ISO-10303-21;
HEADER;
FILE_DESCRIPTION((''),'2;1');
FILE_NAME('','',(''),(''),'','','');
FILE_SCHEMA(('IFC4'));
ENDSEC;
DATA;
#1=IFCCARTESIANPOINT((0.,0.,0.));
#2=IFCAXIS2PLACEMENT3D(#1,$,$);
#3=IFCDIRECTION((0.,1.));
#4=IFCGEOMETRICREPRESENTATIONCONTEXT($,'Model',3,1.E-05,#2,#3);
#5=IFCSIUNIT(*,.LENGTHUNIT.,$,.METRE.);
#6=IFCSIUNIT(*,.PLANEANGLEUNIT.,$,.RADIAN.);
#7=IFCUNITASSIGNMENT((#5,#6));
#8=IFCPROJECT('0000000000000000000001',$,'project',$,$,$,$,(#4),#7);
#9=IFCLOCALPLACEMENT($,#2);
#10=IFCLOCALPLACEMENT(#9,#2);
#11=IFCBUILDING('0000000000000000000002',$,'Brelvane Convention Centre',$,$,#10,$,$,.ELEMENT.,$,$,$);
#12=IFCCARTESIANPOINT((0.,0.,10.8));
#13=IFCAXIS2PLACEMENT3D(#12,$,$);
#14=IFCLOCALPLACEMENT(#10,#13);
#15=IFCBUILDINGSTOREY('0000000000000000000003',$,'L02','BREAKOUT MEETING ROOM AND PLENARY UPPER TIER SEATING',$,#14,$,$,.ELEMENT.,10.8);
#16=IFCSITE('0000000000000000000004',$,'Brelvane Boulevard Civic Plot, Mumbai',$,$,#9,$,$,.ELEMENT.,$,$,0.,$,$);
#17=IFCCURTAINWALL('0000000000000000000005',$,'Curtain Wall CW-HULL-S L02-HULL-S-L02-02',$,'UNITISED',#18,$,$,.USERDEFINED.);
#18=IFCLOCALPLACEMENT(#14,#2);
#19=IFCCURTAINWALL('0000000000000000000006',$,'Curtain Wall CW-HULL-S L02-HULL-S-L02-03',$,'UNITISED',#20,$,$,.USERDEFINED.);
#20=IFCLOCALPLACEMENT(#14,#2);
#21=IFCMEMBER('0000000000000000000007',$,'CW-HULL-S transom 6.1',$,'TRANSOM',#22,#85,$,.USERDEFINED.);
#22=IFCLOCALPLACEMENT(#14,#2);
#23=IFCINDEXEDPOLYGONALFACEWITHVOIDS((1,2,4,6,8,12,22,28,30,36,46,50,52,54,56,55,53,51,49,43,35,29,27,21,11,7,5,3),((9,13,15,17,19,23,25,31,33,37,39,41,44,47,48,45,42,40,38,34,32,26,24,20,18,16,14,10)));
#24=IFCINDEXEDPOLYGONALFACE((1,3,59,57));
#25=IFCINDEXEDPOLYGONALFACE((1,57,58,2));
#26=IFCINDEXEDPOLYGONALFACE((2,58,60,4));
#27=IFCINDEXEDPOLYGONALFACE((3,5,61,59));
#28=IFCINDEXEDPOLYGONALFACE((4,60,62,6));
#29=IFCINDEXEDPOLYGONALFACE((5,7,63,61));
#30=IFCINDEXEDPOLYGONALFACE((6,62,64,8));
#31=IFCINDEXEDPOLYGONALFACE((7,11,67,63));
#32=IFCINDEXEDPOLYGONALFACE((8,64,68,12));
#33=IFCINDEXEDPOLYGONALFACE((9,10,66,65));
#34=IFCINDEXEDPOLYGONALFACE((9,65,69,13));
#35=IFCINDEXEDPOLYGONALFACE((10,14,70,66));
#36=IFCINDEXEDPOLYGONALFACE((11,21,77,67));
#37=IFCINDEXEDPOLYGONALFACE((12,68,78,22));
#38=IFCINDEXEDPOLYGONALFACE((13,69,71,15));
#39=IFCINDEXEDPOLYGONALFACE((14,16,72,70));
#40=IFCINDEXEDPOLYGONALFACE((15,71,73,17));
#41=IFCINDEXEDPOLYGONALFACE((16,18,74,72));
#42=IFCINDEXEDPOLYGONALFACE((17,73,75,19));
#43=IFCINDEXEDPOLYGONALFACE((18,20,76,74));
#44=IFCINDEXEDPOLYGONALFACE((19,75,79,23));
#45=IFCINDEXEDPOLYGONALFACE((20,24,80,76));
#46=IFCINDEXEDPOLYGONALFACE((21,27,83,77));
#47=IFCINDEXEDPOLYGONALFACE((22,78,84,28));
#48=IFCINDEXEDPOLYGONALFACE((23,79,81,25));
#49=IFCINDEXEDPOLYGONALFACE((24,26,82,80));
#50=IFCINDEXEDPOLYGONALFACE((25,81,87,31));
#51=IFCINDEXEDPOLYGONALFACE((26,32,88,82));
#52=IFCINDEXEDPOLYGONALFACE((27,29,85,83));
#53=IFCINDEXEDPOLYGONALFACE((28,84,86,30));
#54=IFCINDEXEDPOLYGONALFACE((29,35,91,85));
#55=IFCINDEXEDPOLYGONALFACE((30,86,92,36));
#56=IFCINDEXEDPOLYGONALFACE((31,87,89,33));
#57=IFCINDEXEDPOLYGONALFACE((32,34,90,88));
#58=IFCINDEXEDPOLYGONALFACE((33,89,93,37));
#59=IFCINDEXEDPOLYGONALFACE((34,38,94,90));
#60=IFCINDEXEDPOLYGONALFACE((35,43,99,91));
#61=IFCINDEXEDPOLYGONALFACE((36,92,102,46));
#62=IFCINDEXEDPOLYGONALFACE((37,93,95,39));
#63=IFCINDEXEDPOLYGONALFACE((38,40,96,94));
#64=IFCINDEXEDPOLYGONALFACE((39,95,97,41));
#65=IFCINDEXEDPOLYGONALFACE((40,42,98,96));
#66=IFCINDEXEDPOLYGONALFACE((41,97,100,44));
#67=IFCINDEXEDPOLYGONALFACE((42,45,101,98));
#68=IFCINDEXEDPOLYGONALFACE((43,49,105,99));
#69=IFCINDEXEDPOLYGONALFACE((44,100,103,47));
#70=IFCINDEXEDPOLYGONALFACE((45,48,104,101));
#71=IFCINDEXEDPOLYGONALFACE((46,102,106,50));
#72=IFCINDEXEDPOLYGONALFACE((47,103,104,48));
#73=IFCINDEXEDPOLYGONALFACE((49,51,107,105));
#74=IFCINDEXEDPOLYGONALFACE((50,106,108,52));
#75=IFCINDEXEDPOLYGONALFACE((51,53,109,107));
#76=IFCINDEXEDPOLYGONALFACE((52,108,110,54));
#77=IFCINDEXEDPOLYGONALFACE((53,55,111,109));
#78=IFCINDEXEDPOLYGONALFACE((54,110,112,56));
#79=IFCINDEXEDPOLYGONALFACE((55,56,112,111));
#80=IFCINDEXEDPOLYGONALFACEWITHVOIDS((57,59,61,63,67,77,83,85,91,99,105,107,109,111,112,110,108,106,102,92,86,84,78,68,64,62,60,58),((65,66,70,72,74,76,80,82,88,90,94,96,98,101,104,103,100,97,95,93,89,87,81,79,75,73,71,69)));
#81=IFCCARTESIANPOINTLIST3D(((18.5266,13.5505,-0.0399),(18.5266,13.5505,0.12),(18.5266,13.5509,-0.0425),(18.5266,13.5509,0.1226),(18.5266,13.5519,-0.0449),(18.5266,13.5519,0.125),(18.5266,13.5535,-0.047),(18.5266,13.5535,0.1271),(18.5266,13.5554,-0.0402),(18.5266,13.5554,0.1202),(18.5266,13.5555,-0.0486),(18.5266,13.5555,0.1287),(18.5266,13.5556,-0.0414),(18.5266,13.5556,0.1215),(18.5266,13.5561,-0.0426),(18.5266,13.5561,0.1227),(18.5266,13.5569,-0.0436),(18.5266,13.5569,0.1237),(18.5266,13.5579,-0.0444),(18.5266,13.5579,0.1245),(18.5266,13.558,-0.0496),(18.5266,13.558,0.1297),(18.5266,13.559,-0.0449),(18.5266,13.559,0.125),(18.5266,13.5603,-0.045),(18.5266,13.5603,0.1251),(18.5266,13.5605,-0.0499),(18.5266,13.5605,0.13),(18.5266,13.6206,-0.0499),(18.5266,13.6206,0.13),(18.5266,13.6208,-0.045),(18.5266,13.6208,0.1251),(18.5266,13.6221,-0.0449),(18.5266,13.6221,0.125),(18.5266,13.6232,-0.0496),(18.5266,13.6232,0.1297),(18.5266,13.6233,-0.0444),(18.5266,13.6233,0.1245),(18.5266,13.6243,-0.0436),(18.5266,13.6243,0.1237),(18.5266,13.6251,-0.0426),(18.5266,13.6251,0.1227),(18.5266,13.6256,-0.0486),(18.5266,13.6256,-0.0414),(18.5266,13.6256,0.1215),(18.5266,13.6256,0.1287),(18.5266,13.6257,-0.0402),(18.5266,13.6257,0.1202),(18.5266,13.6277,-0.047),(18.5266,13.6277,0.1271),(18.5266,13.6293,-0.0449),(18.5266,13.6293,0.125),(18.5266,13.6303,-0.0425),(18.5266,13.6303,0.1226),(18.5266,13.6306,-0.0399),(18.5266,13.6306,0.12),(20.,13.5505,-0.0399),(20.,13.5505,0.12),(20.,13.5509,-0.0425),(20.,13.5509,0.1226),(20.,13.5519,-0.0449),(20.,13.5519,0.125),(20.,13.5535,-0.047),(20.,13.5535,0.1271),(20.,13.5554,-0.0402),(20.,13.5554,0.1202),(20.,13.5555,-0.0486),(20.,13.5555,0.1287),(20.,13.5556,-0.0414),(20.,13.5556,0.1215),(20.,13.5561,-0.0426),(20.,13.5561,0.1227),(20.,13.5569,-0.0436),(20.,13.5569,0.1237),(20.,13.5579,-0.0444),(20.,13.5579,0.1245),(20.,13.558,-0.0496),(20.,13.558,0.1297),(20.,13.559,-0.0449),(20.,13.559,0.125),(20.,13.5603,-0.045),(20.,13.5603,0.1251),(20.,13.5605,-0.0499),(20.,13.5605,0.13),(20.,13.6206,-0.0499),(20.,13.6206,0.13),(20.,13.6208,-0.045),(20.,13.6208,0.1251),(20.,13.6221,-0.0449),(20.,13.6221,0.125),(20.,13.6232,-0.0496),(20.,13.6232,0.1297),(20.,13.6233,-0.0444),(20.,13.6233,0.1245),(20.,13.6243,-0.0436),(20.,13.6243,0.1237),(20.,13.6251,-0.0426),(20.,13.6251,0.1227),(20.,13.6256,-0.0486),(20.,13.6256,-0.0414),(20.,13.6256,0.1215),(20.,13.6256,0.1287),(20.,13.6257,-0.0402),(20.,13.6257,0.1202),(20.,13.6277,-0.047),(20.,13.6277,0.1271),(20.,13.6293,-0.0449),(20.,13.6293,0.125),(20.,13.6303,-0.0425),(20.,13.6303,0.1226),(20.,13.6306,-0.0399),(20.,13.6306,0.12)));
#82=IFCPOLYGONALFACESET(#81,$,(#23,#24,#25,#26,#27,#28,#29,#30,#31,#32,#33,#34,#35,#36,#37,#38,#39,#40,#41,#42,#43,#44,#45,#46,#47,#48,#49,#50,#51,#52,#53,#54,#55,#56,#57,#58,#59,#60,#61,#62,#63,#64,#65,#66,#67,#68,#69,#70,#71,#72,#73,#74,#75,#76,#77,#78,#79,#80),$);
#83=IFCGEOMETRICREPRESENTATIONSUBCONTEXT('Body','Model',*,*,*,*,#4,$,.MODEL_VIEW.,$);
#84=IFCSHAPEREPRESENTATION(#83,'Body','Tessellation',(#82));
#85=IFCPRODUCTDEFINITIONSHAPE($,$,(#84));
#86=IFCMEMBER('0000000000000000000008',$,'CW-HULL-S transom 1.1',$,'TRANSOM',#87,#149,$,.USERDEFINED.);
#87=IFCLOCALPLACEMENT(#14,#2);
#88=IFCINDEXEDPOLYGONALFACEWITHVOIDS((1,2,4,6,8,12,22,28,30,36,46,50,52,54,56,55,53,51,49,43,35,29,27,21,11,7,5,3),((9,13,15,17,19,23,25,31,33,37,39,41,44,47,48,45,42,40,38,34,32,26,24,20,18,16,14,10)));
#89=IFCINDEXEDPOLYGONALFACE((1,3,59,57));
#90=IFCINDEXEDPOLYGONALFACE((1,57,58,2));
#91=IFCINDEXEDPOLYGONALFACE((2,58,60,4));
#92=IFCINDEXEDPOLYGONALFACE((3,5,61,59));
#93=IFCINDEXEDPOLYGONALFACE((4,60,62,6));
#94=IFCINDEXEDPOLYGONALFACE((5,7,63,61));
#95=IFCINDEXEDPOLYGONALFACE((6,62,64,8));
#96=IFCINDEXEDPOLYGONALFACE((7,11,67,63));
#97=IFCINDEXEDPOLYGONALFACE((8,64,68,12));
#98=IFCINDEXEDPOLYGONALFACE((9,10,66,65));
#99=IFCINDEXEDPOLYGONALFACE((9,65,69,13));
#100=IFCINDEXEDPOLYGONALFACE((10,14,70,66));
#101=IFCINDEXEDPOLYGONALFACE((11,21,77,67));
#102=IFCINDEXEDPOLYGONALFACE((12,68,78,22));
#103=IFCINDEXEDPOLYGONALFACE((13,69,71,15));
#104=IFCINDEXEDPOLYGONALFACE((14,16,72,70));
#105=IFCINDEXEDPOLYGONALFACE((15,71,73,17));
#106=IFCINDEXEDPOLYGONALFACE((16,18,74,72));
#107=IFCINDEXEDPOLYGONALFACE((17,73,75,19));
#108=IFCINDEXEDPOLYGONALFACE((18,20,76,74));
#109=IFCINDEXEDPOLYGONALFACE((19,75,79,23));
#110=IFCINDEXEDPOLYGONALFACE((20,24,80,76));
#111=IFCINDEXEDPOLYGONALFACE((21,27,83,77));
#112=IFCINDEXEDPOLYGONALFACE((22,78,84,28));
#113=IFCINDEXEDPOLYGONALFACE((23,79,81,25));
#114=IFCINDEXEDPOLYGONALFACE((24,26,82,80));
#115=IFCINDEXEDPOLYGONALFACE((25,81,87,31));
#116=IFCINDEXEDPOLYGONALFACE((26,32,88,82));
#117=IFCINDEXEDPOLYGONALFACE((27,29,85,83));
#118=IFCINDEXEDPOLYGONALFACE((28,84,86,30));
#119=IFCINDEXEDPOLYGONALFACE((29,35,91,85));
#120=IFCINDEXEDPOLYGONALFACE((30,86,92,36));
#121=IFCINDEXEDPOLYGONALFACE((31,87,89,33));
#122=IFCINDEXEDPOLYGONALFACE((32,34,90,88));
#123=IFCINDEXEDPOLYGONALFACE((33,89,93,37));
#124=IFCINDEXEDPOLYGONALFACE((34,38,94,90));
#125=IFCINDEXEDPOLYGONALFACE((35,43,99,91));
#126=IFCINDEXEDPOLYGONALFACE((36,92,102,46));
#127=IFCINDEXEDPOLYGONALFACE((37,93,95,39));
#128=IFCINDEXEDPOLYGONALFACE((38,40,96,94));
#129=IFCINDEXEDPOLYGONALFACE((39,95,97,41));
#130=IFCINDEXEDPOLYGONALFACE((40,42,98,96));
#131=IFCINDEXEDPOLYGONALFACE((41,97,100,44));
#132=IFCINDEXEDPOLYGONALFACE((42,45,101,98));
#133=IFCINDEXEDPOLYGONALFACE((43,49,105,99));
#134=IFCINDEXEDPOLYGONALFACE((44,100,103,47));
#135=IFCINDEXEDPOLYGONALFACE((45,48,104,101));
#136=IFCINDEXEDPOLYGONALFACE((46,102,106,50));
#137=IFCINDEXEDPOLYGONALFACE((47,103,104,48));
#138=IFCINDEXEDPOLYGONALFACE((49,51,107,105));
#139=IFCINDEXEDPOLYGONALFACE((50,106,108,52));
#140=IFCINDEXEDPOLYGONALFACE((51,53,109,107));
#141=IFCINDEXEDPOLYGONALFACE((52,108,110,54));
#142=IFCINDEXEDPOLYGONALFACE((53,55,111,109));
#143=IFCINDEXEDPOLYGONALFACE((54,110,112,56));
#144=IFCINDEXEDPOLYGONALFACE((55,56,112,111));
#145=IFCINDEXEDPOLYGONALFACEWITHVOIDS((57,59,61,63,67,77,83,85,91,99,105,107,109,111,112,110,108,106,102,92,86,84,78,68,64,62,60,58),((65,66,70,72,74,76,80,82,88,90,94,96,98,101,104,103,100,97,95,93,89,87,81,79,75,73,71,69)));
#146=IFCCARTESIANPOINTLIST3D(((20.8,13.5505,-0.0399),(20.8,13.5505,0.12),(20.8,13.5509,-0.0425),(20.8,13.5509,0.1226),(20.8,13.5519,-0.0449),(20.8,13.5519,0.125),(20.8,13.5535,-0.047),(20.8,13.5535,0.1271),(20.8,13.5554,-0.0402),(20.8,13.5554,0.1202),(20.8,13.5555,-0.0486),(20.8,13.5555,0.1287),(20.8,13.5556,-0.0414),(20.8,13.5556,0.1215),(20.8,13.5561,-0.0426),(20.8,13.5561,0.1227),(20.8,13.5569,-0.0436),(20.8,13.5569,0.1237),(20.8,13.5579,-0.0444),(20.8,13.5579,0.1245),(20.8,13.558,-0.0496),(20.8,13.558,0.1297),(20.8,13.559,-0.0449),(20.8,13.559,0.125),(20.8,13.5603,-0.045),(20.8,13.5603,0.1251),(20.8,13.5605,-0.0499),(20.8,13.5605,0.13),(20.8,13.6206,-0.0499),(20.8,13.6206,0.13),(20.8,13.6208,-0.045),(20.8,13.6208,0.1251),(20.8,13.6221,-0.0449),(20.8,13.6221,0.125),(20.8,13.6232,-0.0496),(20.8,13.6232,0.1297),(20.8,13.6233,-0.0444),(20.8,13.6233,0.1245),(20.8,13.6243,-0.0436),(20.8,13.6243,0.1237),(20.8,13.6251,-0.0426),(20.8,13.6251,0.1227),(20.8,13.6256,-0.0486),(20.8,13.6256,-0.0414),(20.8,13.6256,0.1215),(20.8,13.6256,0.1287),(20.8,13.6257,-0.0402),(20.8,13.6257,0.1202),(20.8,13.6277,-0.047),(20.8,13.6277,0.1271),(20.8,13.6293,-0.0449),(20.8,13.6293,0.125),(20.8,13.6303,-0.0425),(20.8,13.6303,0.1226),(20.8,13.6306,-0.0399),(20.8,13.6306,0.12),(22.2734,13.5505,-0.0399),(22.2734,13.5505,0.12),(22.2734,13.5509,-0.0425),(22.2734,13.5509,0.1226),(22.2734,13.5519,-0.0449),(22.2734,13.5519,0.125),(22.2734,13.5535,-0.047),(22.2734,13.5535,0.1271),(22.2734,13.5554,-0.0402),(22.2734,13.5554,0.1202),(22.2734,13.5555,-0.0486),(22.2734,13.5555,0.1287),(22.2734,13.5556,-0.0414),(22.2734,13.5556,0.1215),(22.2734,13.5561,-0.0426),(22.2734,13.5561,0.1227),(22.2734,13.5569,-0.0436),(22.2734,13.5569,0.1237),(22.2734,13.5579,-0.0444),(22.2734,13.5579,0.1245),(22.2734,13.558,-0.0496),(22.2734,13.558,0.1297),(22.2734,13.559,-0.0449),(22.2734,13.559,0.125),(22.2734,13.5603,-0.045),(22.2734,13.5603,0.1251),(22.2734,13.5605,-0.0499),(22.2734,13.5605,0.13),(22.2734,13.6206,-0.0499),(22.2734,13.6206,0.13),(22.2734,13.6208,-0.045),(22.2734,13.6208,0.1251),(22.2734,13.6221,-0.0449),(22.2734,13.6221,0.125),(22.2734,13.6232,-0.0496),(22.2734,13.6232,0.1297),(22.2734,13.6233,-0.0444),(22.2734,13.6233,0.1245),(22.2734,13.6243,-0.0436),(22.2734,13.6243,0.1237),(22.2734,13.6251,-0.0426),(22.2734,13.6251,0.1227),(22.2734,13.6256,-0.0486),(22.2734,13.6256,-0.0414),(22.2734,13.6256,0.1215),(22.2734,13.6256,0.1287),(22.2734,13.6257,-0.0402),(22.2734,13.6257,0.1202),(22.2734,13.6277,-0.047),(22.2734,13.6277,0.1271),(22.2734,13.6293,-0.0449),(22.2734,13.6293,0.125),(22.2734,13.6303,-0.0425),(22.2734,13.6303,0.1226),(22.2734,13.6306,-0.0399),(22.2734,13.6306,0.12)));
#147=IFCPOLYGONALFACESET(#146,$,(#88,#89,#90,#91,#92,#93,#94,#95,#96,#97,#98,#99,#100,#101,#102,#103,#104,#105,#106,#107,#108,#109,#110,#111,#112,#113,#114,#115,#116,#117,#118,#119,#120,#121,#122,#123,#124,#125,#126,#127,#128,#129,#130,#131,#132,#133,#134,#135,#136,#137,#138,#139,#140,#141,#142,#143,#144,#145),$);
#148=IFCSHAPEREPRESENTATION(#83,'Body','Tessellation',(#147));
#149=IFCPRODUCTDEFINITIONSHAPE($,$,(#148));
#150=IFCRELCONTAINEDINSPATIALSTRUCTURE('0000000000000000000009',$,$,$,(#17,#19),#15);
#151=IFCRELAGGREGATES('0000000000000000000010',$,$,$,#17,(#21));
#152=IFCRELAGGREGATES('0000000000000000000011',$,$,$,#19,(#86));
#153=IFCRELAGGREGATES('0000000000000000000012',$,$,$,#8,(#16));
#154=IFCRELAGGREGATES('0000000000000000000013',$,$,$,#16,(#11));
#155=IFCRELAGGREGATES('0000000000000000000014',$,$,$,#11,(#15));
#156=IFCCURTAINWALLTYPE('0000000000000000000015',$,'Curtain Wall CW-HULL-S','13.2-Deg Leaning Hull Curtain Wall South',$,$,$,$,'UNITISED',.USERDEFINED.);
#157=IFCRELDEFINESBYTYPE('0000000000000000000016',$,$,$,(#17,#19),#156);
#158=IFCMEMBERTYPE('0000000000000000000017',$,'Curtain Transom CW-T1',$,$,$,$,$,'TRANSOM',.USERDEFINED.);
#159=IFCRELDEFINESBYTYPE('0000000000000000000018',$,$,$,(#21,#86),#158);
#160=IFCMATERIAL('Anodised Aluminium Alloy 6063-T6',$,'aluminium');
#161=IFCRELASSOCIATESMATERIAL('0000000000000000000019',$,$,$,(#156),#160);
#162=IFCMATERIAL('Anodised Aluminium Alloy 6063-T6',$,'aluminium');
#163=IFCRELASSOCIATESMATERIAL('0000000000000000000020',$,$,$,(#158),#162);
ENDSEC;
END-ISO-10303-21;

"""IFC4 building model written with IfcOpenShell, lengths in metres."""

from ifc_helpers import new_model, si_unit, direction, frame, origin, origin_2d, place, context, subcontext, project, spatial, hollow_rectangle, extrude, material, material_profile, profile_set, type_object, element, aggregate, save


model = new_model("IFC4")

# Units and contexts
model_context = context("Model", 3, precision=1e-05, world=origin(), true_north=direction((0.0, 1.0)))
body_context = subcontext(model_context, "Body", "Model", "MODEL_VIEW")
ifc_project = project(units=[si_unit("LENGTHUNIT", "METRE"), si_unit("PLANEANGLEUNIT", "RADIAN")], contexts=[model_context])

# Site, building, storey
site_placement = place(None, origin())
site = spatial("IfcSite", under=ifc_project, at=site_placement, Name="Brelvane Boulevard Civic Plot, Mumbai", CompositionType="ELEMENT", RefElevation=0.0)
building_placement = place(site_placement, origin())
building = spatial("IfcBuilding", under=site, at=building_placement, Name="Brelvane Convention Centre", CompositionType="ELEMENT")
storey_placement = place(building_placement, frame((0.0, 0.0, 10.8)))
storey = spatial("IfcBuildingStorey", under=building, at=storey_placement, Name="L02", Description="BREAKOUT MEETING ROOM AND PLENARY UPPER TIER SEATING", CompositionType="ELEMENT", Elevation=10.8)

# Curtain wall
ifc_material_1 = material(Name="Anodised Aluminium Alloy 6063-T6", Category="aluminium")
curtain_wall_type = type_object("IfcCurtainWallType", Name="Curtain Wall CW-HULL-S", Description="13.2-Deg Leaning Hull Curtain Wall South", ElementType="UNITISED", PredefinedType="USERDEFINED", material=ifc_material_1)
curtain_wall_1_placement = place(storey_placement, origin())
curtain_wall_1 = element("IfcCurtainWall", 1, at=curtain_wall_1_placement, inside=storey, type_object=curtain_wall_type, Name="Curtain Wall CW-HULL-S L02-HULL-S-L02-02", ObjectType="UNITISED", PredefinedType="USERDEFINED")

# Curtain wall
curtain_wall_2_placement = place(storey_placement, origin())
curtain_wall_2 = element("IfcCurtainWall", 2, at=curtain_wall_2_placement, inside=storey, type_object=curtain_wall_type, Name="Curtain Wall CW-HULL-S L02-HULL-S-L02-03", ObjectType="UNITISED", PredefinedType="USERDEFINED")

# Members
ifc_material_2 = material(Name="Anodised Aluminium Alloy 6063-T6", Category="aluminium")
ifc_material_profile_1 = material_profile(ifc_material_2, hollow_rectangle(XDim=0.0801, YDim=0.1799, WallThickness=0.0049, InnerFilletRadius=0.0049, OuterFilletRadius=0.01, at=origin_2d()), Name="ALU-T 180x80x5.0")
ifc_profile_set_1 = profile_set([ifc_material_profile_1], Name="Anodised Aluminium Alloy 6063-T6")
member_type_1 = type_object("IfcMemberType", Name="Curtain Transom CW-T1", ElementType="TRANSOM", PredefinedType="USERDEFINED", material=ifc_profile_set_1)
member_1_placement = place(storey_placement, frame((18.5266, 13.5906, 0.04), z_axis=(1.0, 0.0, 0.0), x_axis=(0.0, 1.0, 0.0)))
member_1 = element("IfcMember", 3, at=member_1_placement, type_object=member_type_1, Name="CW-HULL-S transom 6.1", ObjectType="TRANSOM", PredefinedType="USERDEFINED", context=body_context, shape_type="SweptSolid", body=[
    extrude(hollow_rectangle(XDim=0.0801, YDim=0.1799, WallThickness=0.0049, InnerFilletRadius=0.0049, OuterFilletRadius=0.01, at=origin_2d()), origin(), (0.0, 0.0, 1.0), 1.4734),
])
aggregate(curtain_wall_1, [member_1])
member_2_placement = place(storey_placement, frame((20.8, 13.5906, 0.04), z_axis=(1.0, 0.0, 0.0), x_axis=(0.0, 1.0, 0.0)))
member_2 = element("IfcMember", 4, at=member_2_placement, type_object=member_type_1, Name="CW-HULL-S transom 1.1", ObjectType="TRANSOM", PredefinedType="USERDEFINED", context=body_context, shape_type="SweptSolid", body=[
    extrude(hollow_rectangle(XDim=0.0801, YDim=0.1799, WallThickness=0.0049, InnerFilletRadius=0.0049, OuterFilletRadius=0.01, at=origin_2d()), origin(), (0.0, 0.0, 1.0), 1.4734),
])

aggregate(curtain_wall_2, [member_2])

save(model, "model.ifc")
